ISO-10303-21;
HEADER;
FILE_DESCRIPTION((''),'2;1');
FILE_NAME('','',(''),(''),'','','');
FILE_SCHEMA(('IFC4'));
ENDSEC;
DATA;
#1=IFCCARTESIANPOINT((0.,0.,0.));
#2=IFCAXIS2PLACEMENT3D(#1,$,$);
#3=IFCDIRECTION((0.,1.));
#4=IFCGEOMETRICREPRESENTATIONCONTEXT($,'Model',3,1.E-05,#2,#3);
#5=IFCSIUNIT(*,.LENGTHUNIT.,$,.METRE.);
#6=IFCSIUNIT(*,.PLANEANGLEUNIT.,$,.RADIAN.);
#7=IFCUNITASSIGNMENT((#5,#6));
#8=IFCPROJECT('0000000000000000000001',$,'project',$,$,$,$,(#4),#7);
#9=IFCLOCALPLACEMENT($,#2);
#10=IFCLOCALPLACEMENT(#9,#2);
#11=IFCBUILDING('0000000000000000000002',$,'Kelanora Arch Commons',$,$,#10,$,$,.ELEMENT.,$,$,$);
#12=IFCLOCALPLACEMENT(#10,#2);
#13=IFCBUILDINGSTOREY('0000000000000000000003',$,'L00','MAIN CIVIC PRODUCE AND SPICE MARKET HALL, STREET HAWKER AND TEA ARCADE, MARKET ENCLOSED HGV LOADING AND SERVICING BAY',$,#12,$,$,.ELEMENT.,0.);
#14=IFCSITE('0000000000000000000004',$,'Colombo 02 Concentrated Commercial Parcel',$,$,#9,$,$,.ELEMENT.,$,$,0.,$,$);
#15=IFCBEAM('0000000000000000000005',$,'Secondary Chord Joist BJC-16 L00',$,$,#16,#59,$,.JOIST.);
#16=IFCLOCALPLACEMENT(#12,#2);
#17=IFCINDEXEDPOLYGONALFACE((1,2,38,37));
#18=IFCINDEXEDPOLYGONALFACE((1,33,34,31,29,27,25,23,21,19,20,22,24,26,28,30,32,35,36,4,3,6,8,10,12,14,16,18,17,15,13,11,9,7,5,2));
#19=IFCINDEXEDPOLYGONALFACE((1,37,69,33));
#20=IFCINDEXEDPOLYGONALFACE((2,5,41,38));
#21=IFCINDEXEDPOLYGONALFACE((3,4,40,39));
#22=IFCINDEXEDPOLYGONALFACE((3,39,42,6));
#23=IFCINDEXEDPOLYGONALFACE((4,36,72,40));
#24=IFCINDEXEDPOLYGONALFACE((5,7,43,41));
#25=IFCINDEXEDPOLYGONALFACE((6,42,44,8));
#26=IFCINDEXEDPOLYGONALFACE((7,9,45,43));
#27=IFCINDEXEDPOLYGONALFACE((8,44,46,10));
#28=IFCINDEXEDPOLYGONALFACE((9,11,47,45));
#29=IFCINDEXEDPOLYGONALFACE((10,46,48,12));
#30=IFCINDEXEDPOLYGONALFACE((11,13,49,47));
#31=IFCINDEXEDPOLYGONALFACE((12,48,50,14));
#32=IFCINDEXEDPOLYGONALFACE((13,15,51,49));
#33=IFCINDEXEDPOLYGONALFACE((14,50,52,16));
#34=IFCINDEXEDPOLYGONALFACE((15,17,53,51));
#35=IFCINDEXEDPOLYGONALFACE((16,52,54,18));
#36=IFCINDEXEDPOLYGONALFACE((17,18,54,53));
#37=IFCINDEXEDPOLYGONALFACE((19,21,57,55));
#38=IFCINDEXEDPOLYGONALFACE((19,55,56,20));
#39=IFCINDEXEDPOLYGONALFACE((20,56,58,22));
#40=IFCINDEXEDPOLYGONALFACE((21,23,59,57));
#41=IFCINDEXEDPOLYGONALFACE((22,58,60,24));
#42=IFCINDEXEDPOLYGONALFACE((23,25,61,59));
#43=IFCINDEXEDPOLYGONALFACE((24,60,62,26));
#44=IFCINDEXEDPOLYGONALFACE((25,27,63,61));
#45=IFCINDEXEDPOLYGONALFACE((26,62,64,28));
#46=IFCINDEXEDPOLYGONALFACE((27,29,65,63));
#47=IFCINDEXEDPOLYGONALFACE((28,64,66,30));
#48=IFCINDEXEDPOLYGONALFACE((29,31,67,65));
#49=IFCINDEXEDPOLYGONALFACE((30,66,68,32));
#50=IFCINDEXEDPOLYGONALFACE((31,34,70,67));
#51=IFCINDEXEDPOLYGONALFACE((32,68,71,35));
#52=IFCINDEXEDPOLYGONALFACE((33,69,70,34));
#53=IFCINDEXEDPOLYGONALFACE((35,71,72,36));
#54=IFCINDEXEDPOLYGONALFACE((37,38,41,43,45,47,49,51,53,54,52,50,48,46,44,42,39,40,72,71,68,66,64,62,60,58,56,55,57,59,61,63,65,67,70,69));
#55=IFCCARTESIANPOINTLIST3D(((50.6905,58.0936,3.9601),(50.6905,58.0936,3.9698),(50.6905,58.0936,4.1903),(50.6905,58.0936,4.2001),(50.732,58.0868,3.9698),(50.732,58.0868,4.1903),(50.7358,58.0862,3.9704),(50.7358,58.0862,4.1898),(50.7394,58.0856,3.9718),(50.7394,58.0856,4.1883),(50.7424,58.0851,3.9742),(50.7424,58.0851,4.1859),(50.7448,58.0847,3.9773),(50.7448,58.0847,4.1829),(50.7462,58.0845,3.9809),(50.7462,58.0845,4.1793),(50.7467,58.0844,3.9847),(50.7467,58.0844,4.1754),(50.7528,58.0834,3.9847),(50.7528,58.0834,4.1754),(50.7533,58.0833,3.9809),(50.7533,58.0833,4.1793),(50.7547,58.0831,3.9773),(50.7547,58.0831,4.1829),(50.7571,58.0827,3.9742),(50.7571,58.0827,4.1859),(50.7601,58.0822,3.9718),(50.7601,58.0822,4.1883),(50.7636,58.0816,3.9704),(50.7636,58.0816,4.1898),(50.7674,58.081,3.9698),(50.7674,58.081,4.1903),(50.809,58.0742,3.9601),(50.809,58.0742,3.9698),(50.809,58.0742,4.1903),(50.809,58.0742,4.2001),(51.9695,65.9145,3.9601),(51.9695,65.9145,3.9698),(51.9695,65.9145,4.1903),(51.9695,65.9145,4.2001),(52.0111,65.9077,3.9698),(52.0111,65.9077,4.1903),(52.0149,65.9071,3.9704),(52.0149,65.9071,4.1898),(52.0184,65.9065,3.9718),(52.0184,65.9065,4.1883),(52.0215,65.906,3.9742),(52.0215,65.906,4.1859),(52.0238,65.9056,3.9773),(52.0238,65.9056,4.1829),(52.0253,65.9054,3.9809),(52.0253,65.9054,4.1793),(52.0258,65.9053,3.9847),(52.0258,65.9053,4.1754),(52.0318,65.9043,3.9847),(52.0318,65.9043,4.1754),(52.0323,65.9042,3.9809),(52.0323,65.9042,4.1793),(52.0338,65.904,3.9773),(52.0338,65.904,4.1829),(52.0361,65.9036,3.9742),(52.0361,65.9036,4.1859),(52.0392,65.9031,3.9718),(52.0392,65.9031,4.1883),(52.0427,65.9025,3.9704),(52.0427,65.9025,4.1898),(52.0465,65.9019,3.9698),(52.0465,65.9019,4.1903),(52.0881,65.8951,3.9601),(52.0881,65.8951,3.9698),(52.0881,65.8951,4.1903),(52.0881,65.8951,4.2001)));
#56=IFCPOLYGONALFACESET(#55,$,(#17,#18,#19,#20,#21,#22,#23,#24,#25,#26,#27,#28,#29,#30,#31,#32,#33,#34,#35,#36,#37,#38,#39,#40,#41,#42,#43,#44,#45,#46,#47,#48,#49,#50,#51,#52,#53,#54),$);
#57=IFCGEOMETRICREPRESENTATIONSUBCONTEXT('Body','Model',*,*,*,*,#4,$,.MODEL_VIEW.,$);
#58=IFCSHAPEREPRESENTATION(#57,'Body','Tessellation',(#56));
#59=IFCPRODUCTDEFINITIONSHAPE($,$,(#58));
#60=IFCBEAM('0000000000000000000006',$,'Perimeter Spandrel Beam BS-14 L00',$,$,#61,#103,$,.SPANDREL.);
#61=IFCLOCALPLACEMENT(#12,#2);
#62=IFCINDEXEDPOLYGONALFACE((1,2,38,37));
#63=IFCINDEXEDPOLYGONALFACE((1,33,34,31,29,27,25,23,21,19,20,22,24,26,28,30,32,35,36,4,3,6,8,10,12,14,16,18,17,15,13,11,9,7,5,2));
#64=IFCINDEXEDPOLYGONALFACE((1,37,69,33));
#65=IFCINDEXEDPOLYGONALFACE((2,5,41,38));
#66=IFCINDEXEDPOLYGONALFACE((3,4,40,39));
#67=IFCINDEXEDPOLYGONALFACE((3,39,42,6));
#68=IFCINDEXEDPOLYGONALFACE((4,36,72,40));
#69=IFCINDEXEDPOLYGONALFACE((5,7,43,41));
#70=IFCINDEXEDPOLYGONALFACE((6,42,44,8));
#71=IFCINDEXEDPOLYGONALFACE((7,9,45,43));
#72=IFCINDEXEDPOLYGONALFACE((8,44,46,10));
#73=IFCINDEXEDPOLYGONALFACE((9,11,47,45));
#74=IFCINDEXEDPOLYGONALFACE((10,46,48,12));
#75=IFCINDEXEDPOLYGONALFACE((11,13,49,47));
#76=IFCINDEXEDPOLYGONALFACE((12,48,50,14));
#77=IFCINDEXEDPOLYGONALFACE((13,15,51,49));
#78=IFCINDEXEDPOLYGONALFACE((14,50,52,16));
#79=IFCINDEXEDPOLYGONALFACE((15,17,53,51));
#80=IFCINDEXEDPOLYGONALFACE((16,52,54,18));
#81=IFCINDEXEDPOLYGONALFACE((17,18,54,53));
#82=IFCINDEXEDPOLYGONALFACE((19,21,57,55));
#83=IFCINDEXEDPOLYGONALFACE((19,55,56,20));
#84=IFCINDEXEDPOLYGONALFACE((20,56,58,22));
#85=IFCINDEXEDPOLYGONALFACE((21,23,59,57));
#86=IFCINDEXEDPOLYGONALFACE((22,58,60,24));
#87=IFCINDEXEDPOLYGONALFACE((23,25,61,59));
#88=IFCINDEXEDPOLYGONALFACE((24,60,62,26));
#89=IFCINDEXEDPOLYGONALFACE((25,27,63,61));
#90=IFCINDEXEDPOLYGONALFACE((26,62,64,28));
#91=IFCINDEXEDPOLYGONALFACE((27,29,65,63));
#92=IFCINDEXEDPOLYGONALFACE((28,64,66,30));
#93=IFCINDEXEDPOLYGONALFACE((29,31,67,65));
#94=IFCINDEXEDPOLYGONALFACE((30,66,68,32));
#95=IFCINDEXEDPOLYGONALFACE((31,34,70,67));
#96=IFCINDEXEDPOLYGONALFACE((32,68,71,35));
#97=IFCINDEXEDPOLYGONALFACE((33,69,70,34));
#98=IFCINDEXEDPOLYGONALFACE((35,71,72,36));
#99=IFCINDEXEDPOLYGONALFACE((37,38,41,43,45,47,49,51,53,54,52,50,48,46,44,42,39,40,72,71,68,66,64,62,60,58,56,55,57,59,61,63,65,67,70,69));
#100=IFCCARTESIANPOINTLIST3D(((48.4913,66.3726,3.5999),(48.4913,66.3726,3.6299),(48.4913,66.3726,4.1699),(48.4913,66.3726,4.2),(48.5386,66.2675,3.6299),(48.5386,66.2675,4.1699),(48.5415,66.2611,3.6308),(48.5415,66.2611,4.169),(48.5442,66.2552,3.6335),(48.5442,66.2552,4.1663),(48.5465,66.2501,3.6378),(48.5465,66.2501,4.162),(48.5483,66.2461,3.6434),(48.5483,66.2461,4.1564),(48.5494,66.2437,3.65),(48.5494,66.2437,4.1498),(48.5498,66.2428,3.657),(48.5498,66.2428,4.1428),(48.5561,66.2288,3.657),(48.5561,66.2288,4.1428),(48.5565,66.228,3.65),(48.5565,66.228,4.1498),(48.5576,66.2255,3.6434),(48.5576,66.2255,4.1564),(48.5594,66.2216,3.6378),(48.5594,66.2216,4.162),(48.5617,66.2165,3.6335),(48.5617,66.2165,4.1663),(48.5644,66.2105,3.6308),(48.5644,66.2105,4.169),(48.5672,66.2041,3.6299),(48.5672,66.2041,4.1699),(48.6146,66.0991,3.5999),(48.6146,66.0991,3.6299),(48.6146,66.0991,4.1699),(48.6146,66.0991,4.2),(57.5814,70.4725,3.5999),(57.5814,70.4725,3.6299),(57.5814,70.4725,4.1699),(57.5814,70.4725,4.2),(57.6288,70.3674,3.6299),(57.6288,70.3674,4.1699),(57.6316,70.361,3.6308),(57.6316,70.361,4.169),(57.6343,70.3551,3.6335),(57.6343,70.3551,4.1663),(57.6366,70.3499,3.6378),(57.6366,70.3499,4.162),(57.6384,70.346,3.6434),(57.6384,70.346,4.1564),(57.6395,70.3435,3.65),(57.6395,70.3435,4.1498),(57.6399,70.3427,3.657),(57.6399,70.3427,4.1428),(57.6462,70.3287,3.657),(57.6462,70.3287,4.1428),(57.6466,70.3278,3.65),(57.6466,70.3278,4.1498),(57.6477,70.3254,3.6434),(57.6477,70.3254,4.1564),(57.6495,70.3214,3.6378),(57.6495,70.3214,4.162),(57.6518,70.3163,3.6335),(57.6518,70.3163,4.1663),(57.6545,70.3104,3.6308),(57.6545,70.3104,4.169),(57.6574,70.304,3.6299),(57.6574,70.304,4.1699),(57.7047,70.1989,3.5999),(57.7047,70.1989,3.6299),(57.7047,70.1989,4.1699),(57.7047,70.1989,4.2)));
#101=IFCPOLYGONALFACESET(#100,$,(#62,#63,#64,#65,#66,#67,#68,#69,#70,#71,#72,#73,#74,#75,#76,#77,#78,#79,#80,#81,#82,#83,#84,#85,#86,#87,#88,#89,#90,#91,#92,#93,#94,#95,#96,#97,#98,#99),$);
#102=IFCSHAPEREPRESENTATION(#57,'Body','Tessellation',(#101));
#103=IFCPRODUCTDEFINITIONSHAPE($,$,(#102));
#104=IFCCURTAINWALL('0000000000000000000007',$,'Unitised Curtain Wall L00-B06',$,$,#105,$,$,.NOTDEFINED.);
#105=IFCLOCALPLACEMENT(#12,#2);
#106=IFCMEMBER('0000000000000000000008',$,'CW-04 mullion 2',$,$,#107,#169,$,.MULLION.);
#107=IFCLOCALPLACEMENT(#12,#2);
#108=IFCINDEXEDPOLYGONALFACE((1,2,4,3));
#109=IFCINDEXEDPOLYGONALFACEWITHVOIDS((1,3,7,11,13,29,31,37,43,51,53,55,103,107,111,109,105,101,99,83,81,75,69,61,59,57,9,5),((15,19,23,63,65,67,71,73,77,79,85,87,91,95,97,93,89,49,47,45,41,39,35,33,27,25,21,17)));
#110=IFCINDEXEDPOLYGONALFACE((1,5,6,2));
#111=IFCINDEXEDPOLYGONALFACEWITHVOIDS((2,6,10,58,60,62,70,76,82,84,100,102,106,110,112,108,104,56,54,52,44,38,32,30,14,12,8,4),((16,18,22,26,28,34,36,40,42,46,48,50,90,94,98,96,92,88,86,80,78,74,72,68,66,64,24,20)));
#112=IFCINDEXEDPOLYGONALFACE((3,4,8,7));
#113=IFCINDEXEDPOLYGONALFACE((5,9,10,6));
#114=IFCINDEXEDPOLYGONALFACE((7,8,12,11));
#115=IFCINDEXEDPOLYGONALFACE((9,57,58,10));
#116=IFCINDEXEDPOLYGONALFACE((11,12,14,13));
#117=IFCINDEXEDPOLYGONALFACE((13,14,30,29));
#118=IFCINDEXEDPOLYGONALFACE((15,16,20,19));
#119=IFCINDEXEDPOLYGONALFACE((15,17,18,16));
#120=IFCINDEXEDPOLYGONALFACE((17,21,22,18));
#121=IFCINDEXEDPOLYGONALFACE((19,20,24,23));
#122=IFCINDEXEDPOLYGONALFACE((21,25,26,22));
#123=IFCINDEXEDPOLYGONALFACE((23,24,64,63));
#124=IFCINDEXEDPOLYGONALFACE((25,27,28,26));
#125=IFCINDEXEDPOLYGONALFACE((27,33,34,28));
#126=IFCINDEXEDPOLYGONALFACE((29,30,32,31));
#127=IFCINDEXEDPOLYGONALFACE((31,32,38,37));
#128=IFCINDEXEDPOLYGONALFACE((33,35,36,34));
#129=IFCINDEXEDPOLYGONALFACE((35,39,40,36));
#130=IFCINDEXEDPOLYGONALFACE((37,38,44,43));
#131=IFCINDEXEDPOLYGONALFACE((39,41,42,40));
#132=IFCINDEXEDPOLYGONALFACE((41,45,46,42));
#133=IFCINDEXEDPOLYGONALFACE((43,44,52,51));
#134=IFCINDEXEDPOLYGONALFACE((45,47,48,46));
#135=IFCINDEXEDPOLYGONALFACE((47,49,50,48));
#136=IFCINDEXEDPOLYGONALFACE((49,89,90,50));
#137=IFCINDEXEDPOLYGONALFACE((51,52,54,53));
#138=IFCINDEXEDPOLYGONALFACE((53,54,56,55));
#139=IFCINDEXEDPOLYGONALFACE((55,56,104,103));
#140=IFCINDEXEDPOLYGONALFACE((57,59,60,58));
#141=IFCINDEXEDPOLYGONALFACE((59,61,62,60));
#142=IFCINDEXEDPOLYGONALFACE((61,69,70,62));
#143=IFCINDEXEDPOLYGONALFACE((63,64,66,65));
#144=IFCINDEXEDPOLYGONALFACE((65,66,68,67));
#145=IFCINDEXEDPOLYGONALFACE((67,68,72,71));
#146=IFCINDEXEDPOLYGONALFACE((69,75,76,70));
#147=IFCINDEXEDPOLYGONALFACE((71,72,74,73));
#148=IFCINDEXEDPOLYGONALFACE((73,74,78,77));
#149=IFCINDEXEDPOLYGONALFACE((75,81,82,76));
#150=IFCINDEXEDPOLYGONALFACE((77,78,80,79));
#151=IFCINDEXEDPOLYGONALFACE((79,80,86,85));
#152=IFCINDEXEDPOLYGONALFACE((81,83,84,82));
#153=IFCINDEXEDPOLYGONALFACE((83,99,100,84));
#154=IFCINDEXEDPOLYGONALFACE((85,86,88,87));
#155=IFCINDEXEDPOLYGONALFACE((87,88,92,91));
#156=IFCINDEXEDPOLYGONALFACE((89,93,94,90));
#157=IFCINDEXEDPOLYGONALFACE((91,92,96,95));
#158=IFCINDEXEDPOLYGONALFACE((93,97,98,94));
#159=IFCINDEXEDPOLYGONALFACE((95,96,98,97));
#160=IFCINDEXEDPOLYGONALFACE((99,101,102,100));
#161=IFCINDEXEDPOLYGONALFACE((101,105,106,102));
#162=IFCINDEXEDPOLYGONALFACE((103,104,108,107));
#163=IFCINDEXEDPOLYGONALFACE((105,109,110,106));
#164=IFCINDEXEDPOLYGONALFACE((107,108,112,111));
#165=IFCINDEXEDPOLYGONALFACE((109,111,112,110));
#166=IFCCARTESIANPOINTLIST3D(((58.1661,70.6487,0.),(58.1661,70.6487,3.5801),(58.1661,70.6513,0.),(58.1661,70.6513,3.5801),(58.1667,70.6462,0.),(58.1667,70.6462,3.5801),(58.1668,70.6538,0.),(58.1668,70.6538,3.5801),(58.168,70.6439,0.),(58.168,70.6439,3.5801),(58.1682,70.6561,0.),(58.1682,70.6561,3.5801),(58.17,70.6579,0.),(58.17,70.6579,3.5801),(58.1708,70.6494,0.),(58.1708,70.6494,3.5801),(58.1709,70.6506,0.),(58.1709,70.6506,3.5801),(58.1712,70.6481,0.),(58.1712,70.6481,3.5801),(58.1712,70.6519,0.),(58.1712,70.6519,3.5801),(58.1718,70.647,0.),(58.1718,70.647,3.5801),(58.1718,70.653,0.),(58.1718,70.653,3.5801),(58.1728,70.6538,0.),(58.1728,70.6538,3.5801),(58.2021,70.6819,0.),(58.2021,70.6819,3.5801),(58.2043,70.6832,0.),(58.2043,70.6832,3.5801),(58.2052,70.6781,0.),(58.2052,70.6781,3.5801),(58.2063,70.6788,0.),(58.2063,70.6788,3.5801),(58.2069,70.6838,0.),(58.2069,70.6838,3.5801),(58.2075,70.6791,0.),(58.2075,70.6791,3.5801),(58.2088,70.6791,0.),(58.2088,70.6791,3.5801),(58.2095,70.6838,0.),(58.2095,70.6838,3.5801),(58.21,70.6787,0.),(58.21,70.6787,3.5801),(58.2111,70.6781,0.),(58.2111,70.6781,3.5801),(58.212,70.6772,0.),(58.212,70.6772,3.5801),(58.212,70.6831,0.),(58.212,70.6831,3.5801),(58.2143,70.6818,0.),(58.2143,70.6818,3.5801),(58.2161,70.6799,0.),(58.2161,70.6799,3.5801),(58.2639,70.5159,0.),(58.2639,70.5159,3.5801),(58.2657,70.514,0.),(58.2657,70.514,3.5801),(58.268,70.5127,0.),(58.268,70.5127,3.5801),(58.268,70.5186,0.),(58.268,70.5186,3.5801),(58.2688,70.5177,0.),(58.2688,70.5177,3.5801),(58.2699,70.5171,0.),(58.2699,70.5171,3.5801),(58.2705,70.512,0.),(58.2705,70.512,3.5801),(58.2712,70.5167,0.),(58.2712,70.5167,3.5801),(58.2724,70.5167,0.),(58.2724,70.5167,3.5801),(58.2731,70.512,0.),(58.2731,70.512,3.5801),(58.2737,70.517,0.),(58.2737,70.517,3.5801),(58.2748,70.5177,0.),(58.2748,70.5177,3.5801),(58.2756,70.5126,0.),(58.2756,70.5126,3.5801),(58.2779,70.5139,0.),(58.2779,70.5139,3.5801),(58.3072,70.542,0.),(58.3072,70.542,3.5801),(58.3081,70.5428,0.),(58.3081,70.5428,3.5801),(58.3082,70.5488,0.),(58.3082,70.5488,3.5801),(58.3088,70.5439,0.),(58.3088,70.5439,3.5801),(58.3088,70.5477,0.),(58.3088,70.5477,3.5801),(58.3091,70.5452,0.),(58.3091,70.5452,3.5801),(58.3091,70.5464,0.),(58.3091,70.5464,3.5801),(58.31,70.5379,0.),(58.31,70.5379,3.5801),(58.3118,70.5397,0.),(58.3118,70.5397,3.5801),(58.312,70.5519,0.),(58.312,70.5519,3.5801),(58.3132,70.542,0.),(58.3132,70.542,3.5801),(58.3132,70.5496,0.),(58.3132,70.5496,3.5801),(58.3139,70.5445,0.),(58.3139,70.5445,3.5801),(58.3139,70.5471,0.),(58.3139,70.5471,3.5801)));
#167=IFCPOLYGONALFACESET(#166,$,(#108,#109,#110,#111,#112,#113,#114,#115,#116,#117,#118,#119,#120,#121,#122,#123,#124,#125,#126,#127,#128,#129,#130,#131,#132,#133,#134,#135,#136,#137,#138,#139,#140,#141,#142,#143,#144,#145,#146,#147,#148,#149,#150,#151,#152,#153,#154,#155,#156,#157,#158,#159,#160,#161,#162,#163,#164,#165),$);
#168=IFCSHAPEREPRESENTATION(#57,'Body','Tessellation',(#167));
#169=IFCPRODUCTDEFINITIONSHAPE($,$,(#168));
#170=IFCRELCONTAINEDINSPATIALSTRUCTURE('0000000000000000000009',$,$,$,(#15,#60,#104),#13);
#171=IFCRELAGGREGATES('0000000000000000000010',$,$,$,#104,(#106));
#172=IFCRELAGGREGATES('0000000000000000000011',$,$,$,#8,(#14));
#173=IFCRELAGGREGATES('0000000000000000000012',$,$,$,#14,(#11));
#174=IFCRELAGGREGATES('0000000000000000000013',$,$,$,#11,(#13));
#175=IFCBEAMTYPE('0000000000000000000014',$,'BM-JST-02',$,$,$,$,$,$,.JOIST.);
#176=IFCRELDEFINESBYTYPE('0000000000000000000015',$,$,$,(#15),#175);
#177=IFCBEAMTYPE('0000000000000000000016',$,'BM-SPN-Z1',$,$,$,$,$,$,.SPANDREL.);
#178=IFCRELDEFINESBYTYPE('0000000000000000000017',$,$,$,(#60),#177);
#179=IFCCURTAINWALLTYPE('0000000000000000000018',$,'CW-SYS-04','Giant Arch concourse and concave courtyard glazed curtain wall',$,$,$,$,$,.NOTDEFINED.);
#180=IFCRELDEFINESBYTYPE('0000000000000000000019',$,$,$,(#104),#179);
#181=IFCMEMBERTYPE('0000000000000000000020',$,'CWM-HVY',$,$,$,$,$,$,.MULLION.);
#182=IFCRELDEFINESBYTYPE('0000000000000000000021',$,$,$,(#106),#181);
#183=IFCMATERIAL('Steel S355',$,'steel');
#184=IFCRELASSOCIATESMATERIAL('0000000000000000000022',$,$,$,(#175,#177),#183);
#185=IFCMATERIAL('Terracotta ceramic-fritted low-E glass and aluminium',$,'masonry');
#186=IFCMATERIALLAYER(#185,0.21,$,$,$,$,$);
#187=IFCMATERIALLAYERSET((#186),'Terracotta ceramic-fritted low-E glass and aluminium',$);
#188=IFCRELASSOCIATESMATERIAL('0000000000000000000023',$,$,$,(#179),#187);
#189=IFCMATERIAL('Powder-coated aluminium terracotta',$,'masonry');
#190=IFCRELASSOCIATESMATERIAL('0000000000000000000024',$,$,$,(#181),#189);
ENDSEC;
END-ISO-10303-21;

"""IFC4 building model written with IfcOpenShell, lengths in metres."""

from ifc_helpers import new_model, si_unit, direction, frame, origin, origin_2d, place, context, subcontext, project, spatial, hollow_rectangle, i_section, extrude, material, layer, layer_set, material_profile, profile_set, type_object, element, aggregate, save


model = new_model("IFC4")

# Units and contexts
model_context = context("Model", 3, precision=1e-05, world=origin(), true_north=direction((0.0, 1.0)))
body_context = subcontext(model_context, "Body", "Model", "MODEL_VIEW")
ifc_project = project(units=[si_unit("LENGTHUNIT", "METRE"), si_unit("PLANEANGLEUNIT", "RADIAN")], contexts=[model_context])

# Site, building, storey
site_placement = place(None, origin())
site = spatial("IfcSite", under=ifc_project, at=site_placement, Name="Colombo 02 Concentrated Commercial Parcel", CompositionType="ELEMENT", RefElevation=0.0)
building_placement = place(site_placement, origin())
building = spatial("IfcBuilding", under=site, at=building_placement, Name="Kelanora Arch Commons", CompositionType="ELEMENT")
storey_placement = place(building_placement, origin())
storey = spatial("IfcBuildingStorey", under=building, at=storey_placement, Name="L00", Description="MAIN CIVIC PRODUCE AND SPICE MARKET HALL, STREET HAWKER AND TEA ARCADE, MARKET ENCLOSED HGV LOADING AND SERVICING BAY", CompositionType="ELEMENT", Elevation=0.0)

# Shared definitions
ifc_material_1 = material(Name="Steel S355", Category="steel")

# Beams
ifc_material_profile_1 = material_profile(ifc_material_1, i_section(OverallWidth=0.1201, OverallDepth=0.24, WebThickness=0.0061, FlangeThickness=0.0098, FilletRadius=0.0149, at=origin_2d()), Name="IPE240")
ifc_profile_set_1 = profile_set([ifc_material_profile_1], Name="Steel S355")
beam_type_1 = type_object("IfcBeamType", Name="BM-JST-02", PredefinedType="JOIST", material=ifc_profile_set_1)
beam_1_placement = place(storey_placement, frame((52.0288, 65.9048, 4.0801), z_axis=(-0.161401, -0.986889, 0.0), x_axis=(0.986889, -0.161401, 0.0)))
element("IfcBeam", 1, at=beam_1_placement, inside=storey, type_object=beam_type_1, Name="Secondary Chord Joist BJC-16 L00", PredefinedType="JOIST", context=body_context, shape_type="SweptSolid", body=[
    extrude(i_section(OverallWidth=0.1201, OverallDepth=0.24, WebThickness=0.0061, FlangeThickness=0.0098, FilletRadius=0.0149, at=origin_2d()), origin(), (0.0, 0.0, 1.0), 7.9248),
])
ifc_material_profile_2 = material_profile(ifc_material_1, i_section(OverallWidth=0.3, OverallDepth=0.6001, WebThickness=0.0154, FlangeThickness=0.03, FilletRadius=0.0271, at=origin_2d()), Name="HEB600")
ifc_profile_set_2 = profile_set([ifc_material_profile_2], Name="Steel S355")
beam_type_2 = type_object("IfcBeamType", Name="BM-SPN-Z1", PredefinedType="SPANDREL", material=ifc_profile_set_2)
beam_2_placement = place(storey_placement, frame((57.6431, 70.3357, 3.8999), z_axis=(-0.911572, -0.411141, 0.0), x_axis=(0.411141, -0.911572, 0.0)))
element("IfcBeam", 2, at=beam_2_placement, inside=storey, type_object=beam_type_2, Name="Perimeter Spandrel Beam BS-14 L00", PredefinedType="SPANDREL", context=body_context, shape_type="SweptSolid", body=[
    extrude(i_section(OverallWidth=0.3, OverallDepth=0.6001, WebThickness=0.0154, FlangeThickness=0.03, FilletRadius=0.0271, at=origin_2d()), origin(), (0.0, 0.0, 1.0), 9.9719),
])

# Curtain wall, member
ifc_material_2 = material(Name="Terracotta ceramic-fritted low-E glass and aluminium", Category="masonry")
ifc_layer_1 = layer(ifc_material_2, 0.21)
ifc_layer_set_1 = layer_set([ifc_layer_1], Name="Terracotta ceramic-fritted low-E glass and aluminium")
curtain_wall_type = type_object("IfcCurtainWallType", Name="CW-SYS-04", Description="Giant Arch concourse and concave courtyard glazed curtain wall", PredefinedType="NOTDEFINED", material=ifc_layer_set_1)
curtain_wall_placement = place(storey_placement, origin())
curtain_wall = element("IfcCurtainWall", 3, at=curtain_wall_placement, inside=storey, type_object=curtain_wall_type, Name="Unitised Curtain Wall L00-B06", PredefinedType="NOTDEFINED")
ifc_material_3 = material(Name="Powder-coated aluminium terracotta", Category="masonry")
ifc_material_profile_3 = material_profile(ifc_material_3, hollow_rectangle(XDim=0.1799, YDim=0.0601, WallThickness=0.0049, InnerFilletRadius=0.0049, OuterFilletRadius=0.01, at=origin_2d()), Name="CWM180x60")
ifc_profile_set_3 = profile_set([ifc_material_profile_3], Name="Powder-coated aluminium terracotta")
member_type_1 = type_object("IfcMemberType", Name="CWM-HVY", PredefinedType="MULLION", material=ifc_profile_set_3)
member_1_placement = place(storey_placement, frame((58.24, 70.5979, 0.0), z_axis=(0.0, 0.0, 1.0), x_axis=(0.599588, -0.800309, 0.0)))
member_1 = element("IfcMember", 4, at=member_1_placement, type_object=member_type_1, Name="CW-04 mullion 2", PredefinedType="MULLION", context=body_context, shape_type="SweptSolid", body=[
    extrude(hollow_rectangle(XDim=0.1799, YDim=0.0601, WallThickness=0.0049, InnerFilletRadius=0.0049, OuterFilletRadius=0.01, at=origin_2d()), origin(), (0.0, 0.0, 1.0), 3.5801),
])
aggregate(curtain_wall, [member_1])

save(model, "model.ifc")
